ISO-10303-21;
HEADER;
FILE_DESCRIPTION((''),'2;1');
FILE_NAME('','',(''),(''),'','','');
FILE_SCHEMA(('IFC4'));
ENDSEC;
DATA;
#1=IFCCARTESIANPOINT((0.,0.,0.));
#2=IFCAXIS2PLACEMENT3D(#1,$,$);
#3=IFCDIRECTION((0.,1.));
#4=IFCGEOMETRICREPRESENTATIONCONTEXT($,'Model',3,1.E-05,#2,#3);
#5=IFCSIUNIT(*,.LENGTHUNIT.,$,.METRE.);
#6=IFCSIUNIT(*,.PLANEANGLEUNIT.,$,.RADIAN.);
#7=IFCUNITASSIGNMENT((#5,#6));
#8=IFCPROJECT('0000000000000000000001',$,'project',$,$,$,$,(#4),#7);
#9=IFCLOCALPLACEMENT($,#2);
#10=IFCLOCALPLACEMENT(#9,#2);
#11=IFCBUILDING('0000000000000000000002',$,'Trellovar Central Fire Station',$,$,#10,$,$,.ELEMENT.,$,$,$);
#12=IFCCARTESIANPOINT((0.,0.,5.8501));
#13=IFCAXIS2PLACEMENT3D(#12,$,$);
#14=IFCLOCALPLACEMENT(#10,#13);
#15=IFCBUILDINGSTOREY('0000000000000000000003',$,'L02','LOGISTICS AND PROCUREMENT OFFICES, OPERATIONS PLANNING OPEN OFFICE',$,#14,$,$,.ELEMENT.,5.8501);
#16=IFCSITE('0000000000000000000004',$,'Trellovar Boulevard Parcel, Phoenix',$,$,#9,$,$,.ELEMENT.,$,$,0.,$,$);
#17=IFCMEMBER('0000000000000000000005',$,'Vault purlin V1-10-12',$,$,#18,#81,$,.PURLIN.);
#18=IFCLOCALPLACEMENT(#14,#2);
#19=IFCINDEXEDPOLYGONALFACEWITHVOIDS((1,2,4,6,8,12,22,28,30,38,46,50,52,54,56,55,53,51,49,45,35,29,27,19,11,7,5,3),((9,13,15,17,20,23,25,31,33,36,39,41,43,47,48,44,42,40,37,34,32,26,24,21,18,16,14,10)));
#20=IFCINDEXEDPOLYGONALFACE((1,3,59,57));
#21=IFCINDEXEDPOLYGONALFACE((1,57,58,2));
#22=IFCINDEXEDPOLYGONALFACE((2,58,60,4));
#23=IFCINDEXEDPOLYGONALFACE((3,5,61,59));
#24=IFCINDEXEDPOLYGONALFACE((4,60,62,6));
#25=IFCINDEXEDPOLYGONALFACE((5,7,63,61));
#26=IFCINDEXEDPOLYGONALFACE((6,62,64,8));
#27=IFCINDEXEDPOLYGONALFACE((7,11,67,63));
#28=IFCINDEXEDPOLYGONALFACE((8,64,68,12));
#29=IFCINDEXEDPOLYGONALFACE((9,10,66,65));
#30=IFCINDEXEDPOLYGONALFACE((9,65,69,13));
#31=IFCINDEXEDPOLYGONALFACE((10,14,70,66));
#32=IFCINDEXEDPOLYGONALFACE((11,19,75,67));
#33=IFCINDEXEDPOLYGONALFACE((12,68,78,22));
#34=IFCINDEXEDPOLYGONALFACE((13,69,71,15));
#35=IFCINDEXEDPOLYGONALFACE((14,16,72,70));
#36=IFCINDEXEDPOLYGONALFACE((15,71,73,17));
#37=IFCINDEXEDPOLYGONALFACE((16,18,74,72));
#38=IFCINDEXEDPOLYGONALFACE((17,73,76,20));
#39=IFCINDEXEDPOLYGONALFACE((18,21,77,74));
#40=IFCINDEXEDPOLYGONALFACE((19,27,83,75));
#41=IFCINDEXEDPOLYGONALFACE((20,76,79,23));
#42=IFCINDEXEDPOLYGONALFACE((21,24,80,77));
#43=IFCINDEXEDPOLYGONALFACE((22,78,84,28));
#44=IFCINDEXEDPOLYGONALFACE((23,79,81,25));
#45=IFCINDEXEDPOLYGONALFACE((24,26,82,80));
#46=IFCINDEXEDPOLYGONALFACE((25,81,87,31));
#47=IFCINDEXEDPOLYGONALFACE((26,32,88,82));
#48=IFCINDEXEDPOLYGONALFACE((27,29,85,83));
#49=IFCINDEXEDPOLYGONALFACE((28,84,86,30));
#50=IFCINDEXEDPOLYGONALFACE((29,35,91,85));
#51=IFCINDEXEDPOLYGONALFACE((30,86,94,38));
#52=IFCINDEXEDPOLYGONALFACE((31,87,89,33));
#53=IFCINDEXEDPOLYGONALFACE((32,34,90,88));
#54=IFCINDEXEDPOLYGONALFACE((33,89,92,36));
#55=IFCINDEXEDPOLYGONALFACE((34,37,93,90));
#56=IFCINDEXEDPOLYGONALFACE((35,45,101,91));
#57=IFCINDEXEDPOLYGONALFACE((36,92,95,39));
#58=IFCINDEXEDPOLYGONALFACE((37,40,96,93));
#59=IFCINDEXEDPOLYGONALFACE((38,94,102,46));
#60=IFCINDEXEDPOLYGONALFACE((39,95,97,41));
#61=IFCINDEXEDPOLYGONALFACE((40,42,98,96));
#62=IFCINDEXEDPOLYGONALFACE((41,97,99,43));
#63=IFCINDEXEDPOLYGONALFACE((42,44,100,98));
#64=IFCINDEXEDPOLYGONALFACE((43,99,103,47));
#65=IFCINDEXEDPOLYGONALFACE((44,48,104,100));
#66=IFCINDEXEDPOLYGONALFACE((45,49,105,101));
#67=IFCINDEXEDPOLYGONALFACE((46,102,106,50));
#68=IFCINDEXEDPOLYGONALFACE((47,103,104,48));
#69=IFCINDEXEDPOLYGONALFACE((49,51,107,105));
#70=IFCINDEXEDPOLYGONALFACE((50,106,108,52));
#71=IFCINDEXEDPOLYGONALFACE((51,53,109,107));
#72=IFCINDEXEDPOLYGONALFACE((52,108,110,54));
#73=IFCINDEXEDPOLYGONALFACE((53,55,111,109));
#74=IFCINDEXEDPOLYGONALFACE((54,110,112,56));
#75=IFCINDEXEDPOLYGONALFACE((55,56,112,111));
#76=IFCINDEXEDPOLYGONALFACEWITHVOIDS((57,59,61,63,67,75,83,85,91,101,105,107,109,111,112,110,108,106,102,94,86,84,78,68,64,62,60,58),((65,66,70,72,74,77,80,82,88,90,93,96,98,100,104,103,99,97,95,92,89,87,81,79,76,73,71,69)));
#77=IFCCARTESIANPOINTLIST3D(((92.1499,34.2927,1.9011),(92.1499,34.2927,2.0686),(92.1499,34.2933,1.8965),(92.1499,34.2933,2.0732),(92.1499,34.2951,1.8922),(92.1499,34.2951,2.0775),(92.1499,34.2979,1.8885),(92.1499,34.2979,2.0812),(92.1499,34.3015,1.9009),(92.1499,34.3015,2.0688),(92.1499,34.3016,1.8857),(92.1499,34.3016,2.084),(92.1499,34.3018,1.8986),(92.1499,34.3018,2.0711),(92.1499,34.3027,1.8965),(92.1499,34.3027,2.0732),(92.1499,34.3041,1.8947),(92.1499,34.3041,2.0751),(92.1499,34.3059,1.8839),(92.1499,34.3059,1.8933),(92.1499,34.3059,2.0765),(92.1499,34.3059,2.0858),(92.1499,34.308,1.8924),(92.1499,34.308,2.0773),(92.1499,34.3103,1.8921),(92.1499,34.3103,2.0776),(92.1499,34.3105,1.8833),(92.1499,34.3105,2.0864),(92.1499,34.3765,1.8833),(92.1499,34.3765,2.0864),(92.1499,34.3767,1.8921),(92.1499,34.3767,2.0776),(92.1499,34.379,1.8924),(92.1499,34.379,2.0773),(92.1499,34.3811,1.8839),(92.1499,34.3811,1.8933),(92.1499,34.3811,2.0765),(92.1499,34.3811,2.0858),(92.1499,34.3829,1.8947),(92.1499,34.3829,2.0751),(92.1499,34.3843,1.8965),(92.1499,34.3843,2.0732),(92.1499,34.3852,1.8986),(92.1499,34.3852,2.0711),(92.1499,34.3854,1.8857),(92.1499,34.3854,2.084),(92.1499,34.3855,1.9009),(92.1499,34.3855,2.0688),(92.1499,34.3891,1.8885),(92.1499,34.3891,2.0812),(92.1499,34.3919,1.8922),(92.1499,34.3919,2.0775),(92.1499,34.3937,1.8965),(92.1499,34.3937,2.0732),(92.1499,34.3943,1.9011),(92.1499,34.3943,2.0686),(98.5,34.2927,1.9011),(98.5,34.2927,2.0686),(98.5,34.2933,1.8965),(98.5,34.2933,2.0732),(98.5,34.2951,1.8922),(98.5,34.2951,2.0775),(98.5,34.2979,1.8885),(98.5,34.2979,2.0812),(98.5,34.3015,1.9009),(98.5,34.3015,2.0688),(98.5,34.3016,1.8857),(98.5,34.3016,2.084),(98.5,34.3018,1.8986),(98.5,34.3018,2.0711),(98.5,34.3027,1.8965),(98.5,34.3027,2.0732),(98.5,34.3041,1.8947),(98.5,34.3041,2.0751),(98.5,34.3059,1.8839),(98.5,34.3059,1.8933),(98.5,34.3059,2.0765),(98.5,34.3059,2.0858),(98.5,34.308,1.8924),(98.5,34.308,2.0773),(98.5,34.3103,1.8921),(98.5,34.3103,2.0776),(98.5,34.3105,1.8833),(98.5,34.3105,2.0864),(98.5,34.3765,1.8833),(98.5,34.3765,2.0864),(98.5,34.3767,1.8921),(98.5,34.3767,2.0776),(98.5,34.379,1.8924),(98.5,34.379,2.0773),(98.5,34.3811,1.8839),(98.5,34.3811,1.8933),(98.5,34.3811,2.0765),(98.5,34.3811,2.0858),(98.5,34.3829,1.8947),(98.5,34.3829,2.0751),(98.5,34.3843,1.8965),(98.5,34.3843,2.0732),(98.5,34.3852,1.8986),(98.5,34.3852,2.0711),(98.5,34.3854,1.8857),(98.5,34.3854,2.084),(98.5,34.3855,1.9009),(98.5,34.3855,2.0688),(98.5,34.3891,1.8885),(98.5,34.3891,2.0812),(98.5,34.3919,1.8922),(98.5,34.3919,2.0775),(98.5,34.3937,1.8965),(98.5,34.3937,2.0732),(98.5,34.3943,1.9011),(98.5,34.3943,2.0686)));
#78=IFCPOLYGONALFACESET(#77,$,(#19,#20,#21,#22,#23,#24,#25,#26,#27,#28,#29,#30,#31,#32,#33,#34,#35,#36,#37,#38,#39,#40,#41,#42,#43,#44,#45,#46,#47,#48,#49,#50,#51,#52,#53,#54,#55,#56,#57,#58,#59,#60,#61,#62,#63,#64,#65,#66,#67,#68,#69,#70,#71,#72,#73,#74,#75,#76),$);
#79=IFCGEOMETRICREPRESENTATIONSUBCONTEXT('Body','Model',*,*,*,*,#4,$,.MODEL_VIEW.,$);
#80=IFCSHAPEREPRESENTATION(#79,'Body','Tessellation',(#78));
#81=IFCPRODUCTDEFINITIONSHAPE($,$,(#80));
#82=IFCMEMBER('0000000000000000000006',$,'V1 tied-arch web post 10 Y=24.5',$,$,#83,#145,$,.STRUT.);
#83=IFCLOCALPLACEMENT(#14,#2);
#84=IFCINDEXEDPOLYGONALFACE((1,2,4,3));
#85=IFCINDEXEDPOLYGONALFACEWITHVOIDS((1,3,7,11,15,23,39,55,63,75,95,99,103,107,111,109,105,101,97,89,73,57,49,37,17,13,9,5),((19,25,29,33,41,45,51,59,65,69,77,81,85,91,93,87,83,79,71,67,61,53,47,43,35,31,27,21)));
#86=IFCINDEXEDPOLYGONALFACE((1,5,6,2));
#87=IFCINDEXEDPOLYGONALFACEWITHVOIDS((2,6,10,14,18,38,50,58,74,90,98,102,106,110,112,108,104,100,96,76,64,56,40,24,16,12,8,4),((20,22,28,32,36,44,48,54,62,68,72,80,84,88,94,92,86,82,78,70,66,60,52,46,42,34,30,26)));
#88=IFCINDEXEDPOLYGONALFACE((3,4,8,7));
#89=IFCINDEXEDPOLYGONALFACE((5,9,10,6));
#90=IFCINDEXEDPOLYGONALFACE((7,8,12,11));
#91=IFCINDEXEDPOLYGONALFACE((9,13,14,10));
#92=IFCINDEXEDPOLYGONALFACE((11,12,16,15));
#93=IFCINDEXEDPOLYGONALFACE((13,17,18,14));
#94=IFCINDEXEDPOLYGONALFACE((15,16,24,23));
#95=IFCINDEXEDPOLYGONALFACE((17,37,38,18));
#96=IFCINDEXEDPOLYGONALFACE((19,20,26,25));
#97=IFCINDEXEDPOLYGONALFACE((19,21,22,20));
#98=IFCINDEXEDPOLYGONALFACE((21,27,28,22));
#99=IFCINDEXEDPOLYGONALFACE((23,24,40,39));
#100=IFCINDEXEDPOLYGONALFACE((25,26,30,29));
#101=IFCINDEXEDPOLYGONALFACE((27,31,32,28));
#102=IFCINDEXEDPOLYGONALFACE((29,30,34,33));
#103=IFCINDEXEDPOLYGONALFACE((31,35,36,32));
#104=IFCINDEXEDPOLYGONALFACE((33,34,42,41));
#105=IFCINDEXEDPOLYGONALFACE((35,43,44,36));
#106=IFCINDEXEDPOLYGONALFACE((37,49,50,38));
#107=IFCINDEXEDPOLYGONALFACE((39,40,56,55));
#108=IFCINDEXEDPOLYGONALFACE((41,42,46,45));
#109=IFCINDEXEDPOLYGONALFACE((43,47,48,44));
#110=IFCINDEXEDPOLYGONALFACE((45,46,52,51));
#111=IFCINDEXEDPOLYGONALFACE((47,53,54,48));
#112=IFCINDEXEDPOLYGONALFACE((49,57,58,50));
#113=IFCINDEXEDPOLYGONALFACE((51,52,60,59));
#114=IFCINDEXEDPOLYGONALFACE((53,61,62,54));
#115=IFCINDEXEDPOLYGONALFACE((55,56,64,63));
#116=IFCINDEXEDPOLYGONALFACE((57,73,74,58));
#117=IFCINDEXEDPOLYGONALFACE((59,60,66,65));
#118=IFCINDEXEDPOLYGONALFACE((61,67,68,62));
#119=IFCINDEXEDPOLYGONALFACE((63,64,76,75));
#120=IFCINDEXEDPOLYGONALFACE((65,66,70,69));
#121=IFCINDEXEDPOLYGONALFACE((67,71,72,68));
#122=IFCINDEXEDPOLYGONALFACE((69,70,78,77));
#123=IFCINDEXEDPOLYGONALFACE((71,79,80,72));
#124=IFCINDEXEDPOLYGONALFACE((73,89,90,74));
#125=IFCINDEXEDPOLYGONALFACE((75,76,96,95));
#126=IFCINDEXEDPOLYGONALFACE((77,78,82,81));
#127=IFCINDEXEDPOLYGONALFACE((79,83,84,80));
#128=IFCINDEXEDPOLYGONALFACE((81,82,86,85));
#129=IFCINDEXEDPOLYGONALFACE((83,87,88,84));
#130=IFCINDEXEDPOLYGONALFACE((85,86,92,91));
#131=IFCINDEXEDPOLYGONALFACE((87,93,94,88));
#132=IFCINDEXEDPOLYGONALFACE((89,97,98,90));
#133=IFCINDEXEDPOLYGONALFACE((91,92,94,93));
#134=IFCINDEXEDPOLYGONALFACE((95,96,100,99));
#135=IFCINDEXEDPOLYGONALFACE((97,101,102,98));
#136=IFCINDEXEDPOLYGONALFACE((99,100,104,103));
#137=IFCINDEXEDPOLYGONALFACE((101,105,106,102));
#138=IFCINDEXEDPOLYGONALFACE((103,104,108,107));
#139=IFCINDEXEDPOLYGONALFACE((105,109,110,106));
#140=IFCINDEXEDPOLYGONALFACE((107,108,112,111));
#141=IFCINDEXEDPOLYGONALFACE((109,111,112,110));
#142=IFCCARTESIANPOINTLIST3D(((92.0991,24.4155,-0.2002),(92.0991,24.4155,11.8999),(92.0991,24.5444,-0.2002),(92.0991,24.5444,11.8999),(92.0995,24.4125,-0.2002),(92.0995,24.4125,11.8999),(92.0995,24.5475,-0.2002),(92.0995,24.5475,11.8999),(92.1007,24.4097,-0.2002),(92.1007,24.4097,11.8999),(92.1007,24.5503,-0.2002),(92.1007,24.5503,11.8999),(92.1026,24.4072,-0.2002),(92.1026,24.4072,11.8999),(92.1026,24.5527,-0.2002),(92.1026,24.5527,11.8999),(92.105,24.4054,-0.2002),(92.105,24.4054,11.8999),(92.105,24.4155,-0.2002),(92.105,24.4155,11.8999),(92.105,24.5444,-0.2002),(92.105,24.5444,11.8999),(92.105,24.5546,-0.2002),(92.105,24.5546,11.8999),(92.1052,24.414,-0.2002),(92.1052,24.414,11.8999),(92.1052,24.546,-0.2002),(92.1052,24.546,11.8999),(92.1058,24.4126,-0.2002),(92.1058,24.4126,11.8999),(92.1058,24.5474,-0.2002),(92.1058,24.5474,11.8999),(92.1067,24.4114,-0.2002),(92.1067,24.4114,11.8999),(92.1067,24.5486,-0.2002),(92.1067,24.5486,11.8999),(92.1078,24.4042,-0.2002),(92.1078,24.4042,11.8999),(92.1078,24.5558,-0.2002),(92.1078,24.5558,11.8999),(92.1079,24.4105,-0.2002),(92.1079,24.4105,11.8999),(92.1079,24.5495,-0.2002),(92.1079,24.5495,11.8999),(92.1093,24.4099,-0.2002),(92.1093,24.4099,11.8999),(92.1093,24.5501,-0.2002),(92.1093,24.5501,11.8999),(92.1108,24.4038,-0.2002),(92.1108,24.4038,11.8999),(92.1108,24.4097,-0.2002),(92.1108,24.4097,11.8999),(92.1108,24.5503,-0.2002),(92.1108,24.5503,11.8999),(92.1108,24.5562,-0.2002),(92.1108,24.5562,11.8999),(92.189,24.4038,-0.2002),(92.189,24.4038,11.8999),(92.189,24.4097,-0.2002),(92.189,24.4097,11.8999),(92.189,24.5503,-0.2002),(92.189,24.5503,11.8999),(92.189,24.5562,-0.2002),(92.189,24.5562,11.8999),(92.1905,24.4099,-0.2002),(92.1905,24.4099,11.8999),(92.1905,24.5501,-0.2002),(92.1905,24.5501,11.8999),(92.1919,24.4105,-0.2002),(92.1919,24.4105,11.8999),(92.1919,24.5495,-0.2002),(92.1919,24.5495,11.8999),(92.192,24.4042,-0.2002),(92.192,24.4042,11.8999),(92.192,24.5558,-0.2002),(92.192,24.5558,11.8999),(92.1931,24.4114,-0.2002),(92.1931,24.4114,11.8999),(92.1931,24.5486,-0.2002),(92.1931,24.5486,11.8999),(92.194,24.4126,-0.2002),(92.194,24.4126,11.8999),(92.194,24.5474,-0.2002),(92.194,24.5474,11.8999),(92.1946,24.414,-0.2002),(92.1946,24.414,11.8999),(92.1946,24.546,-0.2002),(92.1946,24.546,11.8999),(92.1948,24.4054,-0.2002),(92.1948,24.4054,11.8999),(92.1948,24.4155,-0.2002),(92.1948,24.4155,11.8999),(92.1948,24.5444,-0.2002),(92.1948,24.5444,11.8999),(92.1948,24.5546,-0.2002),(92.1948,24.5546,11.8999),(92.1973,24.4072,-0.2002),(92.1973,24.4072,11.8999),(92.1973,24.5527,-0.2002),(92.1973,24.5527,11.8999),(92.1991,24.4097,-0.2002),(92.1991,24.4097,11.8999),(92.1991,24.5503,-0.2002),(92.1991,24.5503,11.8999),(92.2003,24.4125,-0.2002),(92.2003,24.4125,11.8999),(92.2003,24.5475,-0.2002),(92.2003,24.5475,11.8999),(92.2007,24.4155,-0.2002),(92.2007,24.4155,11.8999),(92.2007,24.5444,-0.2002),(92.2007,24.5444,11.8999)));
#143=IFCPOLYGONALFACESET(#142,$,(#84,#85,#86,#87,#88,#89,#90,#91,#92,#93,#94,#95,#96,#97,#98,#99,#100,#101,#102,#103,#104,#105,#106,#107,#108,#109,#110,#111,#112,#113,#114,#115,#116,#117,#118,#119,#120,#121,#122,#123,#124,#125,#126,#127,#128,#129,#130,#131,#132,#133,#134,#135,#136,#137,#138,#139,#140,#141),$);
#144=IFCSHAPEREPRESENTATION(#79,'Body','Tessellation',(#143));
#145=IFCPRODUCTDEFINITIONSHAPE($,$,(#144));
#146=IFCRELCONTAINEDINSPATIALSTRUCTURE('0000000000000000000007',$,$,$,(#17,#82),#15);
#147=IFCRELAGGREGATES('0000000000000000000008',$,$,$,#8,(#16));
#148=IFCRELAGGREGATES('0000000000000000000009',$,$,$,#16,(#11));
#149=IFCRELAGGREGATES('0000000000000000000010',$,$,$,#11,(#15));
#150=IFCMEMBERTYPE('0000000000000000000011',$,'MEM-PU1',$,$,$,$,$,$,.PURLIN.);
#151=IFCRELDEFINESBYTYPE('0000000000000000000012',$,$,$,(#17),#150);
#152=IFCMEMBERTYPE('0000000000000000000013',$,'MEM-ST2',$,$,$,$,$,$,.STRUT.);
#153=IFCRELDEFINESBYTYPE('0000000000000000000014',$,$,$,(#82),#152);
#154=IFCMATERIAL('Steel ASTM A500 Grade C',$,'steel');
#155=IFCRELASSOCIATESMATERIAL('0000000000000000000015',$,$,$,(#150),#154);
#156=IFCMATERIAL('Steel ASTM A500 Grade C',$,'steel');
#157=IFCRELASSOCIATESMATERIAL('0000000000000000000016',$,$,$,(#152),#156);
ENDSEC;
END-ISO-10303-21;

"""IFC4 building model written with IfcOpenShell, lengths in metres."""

from ifc_helpers import new_model, si_unit, direction, frame, origin, origin_2d, place, context, subcontext, project, spatial, hollow_rectangle, extrude, material, material_profile, profile_set, type_object, element, save


model = new_model("IFC4")

# Units and contexts
model_context = context("Model", 3, precision=1e-05, world=origin(), true_north=direction((0.0, 1.0)))
body_context = subcontext(model_context, "Body", "Model", "MODEL_VIEW")
ifc_project = project(units=[si_unit("LENGTHUNIT", "METRE"), si_unit("PLANEANGLEUNIT", "RADIAN")], contexts=[model_context])

# Site, building, storey
site_placement = place(None, origin())
site = spatial("IfcSite", under=ifc_project, at=site_placement, Name="Trellovar Boulevard Parcel, Phoenix", CompositionType="ELEMENT", RefElevation=0.0)
building_placement = place(site_placement, origin())
building = spatial("IfcBuilding", under=site, at=building_placement, Name="Trellovar Central Fire Station", CompositionType="ELEMENT")
storey_placement = place(building_placement, frame((0.0, 0.0, 5.8501)))
storey = spatial("IfcBuildingStorey", under=building, at=storey_placement, Name="L02", Description="LOGISTICS AND PROCUREMENT OFFICES, OPERATIONS PLANNING OPEN OFFICE", CompositionType="ELEMENT", Elevation=5.8501)

# Members
ifc_material_1 = material(Name="Steel ASTM A500 Grade C", Category="steel")
ifc_material_profile_1 = material_profile(ifc_material_1, hollow_rectangle(XDim=0.1016, YDim=0.2031, WallThickness=0.0088, InnerFilletRadius=0.0088, OuterFilletRadius=0.0178, at=origin_2d()), Name="HSS8X4X3/8")
ifc_profile_set_1 = profile_set([ifc_material_profile_1], Name="Steel ASTM A500 Grade C")
member_type_1 = type_object("IfcMemberType", Name="MEM-PU1", PredefinedType="PURLIN", material=ifc_profile_set_1)
member_1_placement = place(storey_placement, frame((92.1499, 34.3435, 1.9849), z_axis=(1.0, 0.0, 0.0), x_axis=(0.0, 1.0, 0.0)))
element("IfcMember", 1, at=member_1_placement, inside=storey, type_object=member_type_1, Name="Vault purlin V1-10-12", PredefinedType="PURLIN", context=body_context, shape_type="SweptSolid", body=[
    extrude(hollow_rectangle(XDim=0.1016, YDim=0.2031, WallThickness=0.0088, InnerFilletRadius=0.0088, OuterFilletRadius=0.0178, at=origin_2d()), origin(), (0.0, 0.0, 1.0), 6.3501),
])
ifc_material_2 = material(Name="Steel ASTM A500 Grade C", Category="steel")
ifc_material_profile_2 = material_profile(ifc_material_2, hollow_rectangle(XDim=0.1016, YDim=0.1523, WallThickness=0.0059, InnerFilletRadius=0.0059, OuterFilletRadius=0.0117, at=origin_2d()), Name="HSS6X4X1/4")
ifc_profile_set_2 = profile_set([ifc_material_profile_2], Name="Steel ASTM A500 Grade C")
member_type_2 = type_object("IfcMemberType", Name="MEM-ST2", PredefinedType="STRUT", material=ifc_profile_set_2)
member_2_placement = place(storey_placement, frame((92.1499, 24.48, -0.2002), z_axis=(0.0, 0.0, 1.0), x_axis=(1.0, 0.0, 0.0)))
element("IfcMember", 2, at=member_2_placement, inside=storey, type_object=member_type_2, Name="V1 tied-arch web post 10 Y=24.5", PredefinedType="STRUT", context=body_context, shape_type="SweptSolid", body=[
    extrude(hollow_rectangle(XDim=0.1016, YDim=0.1523, WallThickness=0.0059, InnerFilletRadius=0.0059, OuterFilletRadius=0.0117, at=origin_2d()), origin(), (0.0, 0.0, 1.0), 12.1001),
])

save(model, "model.ifc")
